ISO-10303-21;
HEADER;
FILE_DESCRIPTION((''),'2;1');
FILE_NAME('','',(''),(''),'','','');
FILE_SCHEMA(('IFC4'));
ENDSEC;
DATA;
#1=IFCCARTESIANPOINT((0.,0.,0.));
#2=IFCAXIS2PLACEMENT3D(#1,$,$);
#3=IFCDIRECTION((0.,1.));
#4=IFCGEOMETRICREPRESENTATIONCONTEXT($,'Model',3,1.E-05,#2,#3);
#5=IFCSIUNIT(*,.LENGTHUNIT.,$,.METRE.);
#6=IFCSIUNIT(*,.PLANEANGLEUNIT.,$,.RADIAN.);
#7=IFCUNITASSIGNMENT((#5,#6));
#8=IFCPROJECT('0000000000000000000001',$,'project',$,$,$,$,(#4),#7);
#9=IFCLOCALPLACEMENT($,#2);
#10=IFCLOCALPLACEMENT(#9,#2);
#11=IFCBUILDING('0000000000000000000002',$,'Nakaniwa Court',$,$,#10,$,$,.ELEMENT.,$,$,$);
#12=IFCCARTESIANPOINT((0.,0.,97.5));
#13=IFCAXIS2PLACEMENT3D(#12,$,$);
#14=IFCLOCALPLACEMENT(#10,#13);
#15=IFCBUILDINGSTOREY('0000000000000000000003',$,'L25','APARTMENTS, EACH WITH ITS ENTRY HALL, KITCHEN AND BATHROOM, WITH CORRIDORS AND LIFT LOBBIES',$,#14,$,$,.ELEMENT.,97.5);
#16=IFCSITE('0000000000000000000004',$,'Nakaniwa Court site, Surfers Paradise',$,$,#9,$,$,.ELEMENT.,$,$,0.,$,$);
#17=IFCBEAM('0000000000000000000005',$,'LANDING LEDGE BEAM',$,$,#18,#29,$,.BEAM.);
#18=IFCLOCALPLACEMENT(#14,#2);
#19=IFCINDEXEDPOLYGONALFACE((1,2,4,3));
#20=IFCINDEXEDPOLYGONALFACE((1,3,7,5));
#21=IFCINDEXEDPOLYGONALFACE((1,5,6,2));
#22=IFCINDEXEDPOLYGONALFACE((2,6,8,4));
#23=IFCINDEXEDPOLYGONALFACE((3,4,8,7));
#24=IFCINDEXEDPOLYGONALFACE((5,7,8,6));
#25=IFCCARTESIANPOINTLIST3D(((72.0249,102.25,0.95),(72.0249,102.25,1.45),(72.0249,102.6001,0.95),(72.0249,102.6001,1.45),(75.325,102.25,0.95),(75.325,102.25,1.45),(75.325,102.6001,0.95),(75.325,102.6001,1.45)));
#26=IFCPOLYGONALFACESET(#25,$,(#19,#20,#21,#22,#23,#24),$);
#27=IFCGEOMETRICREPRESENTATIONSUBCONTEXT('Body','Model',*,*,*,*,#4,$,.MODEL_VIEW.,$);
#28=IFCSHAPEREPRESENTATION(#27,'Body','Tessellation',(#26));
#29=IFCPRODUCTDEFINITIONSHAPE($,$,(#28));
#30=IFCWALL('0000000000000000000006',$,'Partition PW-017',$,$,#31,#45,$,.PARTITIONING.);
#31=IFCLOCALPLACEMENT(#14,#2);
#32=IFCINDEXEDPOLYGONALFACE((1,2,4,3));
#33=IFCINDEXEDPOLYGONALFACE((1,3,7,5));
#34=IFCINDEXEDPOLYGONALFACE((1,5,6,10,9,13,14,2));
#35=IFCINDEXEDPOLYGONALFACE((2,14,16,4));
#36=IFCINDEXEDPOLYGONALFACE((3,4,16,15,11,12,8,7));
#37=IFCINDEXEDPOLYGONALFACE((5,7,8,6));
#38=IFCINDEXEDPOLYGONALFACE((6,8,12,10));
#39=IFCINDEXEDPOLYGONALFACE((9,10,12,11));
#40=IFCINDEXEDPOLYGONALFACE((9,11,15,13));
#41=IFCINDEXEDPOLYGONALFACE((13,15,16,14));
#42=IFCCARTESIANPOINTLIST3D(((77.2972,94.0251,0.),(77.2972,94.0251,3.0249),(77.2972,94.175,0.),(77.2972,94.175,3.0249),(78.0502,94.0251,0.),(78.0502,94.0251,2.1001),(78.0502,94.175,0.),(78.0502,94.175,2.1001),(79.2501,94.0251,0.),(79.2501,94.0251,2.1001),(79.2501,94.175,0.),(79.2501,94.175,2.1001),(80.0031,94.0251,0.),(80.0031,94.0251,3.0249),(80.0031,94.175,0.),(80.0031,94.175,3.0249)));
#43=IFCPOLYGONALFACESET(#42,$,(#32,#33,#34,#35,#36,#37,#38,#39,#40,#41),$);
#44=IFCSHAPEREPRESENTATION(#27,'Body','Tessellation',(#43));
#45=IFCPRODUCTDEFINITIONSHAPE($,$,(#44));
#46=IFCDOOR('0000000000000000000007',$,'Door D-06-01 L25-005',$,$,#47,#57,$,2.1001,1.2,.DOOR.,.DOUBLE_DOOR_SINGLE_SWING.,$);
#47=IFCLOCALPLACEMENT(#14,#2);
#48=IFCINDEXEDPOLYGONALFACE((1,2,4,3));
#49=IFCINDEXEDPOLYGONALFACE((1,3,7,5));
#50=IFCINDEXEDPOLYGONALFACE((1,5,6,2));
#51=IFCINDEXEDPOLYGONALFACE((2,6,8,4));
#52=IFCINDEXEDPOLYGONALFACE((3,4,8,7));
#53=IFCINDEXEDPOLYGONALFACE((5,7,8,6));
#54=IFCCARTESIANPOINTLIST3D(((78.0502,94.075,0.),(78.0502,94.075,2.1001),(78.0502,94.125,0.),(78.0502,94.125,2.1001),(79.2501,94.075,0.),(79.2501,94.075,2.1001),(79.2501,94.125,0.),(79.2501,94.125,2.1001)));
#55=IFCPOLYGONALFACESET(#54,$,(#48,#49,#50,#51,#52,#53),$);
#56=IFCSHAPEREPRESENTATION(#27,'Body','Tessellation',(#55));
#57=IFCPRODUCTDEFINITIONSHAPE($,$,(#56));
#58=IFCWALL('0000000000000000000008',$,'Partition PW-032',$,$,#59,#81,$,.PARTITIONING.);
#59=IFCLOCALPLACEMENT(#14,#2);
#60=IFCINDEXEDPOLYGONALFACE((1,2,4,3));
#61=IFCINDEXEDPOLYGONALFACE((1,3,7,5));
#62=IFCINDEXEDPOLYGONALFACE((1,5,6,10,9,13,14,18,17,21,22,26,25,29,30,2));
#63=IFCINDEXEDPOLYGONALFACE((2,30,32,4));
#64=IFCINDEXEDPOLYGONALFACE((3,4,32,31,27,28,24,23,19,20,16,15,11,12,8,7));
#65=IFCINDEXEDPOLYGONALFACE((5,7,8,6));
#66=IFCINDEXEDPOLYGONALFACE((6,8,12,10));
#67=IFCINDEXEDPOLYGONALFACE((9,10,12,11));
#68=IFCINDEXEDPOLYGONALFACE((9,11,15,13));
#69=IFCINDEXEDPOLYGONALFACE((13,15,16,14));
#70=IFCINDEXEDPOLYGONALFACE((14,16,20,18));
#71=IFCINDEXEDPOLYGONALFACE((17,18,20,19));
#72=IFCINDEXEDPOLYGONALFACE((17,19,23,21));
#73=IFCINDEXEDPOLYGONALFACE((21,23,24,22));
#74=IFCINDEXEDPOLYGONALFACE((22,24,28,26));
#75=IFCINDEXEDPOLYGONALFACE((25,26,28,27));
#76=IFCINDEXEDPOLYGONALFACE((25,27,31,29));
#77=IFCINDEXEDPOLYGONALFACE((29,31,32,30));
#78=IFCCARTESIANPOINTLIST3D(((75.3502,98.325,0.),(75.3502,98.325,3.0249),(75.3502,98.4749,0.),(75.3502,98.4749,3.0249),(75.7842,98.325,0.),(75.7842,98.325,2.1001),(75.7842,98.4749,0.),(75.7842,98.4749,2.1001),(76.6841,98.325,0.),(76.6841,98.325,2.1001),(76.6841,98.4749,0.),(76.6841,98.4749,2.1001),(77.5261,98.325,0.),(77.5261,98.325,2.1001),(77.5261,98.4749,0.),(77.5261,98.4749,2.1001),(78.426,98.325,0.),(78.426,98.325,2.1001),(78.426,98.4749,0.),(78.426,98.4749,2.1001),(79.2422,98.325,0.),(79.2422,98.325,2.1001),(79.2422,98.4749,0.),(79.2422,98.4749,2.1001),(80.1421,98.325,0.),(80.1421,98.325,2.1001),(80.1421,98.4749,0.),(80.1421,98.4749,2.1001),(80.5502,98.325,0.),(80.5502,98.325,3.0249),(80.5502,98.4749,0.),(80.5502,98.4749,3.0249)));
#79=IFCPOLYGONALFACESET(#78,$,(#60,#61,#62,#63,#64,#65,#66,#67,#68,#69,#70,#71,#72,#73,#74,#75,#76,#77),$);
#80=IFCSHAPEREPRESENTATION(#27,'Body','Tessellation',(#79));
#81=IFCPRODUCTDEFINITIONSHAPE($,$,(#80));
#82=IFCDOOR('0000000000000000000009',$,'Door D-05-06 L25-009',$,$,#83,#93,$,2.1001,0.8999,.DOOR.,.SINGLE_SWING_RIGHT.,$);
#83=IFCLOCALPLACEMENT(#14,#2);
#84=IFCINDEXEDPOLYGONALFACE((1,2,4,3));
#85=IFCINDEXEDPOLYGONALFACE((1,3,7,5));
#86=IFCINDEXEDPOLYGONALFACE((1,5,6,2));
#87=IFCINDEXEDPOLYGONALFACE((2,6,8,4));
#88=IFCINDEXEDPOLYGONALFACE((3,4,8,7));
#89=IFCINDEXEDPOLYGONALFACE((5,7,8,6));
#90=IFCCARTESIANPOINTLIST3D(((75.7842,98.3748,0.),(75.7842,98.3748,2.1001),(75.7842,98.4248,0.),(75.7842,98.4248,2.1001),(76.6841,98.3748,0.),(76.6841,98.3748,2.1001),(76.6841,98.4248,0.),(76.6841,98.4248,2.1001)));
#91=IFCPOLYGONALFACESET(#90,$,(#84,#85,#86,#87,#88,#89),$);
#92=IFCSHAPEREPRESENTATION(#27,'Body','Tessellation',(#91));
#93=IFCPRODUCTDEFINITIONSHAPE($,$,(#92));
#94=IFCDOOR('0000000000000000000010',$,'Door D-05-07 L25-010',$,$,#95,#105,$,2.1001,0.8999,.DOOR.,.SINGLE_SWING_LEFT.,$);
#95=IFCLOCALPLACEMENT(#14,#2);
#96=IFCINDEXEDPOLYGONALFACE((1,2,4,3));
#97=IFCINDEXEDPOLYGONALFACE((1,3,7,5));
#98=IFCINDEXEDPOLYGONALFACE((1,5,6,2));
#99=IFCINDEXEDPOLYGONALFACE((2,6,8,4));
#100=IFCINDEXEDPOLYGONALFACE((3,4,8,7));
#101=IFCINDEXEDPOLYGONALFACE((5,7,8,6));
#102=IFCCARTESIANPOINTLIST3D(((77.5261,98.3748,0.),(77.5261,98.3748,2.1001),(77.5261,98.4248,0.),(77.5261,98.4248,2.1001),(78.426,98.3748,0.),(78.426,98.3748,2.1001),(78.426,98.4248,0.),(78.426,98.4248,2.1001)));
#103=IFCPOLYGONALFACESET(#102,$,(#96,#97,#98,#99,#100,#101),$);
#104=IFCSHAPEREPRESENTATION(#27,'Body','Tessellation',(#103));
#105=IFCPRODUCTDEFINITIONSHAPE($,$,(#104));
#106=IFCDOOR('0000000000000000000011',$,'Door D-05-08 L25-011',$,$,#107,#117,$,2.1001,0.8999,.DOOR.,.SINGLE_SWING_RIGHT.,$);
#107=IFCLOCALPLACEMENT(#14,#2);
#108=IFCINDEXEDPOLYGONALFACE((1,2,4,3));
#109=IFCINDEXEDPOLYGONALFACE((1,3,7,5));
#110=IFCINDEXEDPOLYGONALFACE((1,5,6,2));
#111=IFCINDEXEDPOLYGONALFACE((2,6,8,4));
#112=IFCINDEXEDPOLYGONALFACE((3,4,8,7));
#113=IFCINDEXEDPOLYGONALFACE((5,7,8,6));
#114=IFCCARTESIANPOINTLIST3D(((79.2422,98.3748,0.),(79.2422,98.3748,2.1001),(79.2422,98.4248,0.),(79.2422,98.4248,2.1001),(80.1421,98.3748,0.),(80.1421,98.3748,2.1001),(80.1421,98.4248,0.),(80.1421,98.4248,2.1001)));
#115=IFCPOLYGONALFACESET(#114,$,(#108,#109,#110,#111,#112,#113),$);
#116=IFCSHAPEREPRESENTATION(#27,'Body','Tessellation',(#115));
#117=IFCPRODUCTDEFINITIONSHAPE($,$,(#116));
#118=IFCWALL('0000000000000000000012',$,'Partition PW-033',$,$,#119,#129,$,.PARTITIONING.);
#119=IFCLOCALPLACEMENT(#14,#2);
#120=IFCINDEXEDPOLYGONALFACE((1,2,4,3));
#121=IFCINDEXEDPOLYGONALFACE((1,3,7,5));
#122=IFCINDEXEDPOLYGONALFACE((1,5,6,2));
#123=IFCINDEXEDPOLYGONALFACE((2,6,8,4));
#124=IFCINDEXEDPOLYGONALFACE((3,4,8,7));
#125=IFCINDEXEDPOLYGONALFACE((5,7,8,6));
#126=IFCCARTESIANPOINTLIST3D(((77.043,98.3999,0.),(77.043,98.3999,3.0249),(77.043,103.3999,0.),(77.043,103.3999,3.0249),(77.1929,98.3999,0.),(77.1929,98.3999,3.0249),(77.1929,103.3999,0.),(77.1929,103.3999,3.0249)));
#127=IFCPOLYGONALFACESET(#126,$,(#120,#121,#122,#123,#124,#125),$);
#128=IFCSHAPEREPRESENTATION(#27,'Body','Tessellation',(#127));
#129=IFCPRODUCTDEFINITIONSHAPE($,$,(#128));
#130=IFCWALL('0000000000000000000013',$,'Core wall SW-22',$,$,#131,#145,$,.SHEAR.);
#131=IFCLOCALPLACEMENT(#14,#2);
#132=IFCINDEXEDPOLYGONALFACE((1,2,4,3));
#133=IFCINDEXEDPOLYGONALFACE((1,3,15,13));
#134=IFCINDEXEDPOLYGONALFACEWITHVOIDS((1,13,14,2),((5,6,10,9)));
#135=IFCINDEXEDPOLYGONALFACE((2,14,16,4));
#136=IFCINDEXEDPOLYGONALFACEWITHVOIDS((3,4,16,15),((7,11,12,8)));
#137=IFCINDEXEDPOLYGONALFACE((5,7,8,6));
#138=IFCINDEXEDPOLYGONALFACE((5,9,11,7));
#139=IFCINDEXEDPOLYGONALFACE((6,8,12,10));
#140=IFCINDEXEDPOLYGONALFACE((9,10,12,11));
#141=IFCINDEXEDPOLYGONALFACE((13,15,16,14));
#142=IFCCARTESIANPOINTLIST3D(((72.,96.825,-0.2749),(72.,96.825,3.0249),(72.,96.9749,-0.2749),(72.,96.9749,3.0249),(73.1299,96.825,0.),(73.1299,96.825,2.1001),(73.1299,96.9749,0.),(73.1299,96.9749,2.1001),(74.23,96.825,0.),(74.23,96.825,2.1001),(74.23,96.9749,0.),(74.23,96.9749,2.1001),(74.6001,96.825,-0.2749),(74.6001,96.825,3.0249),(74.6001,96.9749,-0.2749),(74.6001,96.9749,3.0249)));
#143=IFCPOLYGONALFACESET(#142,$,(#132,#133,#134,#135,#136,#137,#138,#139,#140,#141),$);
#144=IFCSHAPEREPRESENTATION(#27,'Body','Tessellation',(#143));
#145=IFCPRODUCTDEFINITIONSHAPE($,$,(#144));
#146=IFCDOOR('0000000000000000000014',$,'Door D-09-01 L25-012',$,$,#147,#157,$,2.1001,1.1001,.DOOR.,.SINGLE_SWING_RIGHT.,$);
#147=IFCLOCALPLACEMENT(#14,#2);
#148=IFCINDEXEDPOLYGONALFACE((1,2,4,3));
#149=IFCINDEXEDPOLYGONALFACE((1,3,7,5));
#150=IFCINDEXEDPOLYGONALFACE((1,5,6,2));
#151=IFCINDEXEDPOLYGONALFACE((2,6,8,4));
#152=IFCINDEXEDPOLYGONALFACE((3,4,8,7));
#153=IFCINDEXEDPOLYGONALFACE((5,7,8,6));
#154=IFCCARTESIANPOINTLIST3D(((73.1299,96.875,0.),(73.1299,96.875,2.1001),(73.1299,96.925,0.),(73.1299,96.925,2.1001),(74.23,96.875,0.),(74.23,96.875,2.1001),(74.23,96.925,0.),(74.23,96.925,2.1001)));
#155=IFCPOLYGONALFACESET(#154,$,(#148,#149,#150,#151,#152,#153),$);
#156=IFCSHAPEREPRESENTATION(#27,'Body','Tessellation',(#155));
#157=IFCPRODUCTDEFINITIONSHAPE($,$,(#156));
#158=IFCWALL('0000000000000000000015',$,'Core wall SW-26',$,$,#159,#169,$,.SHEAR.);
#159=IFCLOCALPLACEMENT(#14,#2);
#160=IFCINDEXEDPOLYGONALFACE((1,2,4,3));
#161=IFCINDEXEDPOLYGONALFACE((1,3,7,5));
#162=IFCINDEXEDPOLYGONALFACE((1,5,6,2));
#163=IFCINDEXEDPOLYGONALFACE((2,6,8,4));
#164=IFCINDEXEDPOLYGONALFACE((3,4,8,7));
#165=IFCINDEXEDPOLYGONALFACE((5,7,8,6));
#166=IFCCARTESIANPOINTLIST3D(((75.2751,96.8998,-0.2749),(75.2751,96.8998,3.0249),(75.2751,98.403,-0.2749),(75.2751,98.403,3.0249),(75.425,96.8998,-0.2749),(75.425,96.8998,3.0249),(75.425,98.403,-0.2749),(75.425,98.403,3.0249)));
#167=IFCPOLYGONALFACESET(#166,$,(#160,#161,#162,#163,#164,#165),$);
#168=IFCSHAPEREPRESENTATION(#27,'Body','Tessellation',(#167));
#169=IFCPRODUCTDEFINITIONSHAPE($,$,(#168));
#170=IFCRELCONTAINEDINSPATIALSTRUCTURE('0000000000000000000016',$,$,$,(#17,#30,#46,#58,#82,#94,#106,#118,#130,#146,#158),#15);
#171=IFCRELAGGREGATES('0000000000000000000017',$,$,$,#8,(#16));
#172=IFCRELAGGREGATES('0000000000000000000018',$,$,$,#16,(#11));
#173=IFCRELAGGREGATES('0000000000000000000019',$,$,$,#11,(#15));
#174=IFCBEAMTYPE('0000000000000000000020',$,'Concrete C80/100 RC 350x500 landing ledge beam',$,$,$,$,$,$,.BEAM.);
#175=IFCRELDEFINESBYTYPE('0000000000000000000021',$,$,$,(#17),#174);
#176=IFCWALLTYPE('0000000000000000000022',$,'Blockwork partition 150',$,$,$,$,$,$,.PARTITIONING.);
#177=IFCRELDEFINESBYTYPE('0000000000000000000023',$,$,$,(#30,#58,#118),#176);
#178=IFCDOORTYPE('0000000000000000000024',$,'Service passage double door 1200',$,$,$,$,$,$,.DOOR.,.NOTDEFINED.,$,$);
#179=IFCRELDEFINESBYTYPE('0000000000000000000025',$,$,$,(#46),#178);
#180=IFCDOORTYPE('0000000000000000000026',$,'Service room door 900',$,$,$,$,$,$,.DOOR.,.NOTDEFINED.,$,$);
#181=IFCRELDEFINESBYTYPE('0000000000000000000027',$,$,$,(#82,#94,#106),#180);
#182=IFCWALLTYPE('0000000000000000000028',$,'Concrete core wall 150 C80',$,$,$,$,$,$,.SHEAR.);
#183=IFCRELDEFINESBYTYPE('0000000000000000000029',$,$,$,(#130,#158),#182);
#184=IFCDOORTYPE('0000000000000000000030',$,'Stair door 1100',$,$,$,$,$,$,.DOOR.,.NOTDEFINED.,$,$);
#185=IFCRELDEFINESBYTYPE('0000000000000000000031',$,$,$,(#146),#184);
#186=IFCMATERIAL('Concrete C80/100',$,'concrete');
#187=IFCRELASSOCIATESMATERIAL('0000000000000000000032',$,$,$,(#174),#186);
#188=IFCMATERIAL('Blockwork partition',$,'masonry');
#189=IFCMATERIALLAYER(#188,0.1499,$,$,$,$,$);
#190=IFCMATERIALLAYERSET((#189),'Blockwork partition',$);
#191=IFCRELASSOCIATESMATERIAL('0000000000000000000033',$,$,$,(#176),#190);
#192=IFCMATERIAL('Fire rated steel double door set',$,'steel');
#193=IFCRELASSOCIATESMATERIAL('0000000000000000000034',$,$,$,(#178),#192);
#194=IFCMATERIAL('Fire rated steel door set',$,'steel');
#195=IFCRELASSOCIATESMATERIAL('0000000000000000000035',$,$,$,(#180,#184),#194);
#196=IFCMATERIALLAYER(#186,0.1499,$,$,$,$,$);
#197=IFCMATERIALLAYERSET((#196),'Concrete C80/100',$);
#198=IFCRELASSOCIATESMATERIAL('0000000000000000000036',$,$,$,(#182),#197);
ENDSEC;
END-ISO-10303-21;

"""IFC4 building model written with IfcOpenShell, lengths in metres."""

from ifc_helpers import new_model, si_unit, direction, frame, frame_2d, origin, origin_2d, place, context, subcontext, project, spatial, rectangle, extrude, material, layer, layer_set, material_profile, profile_set, type_object, element, fill, save


model = new_model("IFC4")

# Units and contexts
model_context = context("Model", 3, precision=1e-05, world=origin(), true_north=direction((0.0, 1.0)))
body_context = subcontext(model_context, "Body", "Model", "MODEL_VIEW")
ifc_project = project(units=[si_unit("LENGTHUNIT", "METRE"), si_unit("PLANEANGLEUNIT", "RADIAN")], contexts=[model_context])

# Site, building, storey
site_placement = place(None, origin())
site = spatial("IfcSite", under=ifc_project, at=site_placement, Name="Nakaniwa Court site, Surfers Paradise", CompositionType="ELEMENT", RefElevation=0.0)
building_placement = place(site_placement, origin())
building = spatial("IfcBuilding", under=site, at=building_placement, Name="Nakaniwa Court", CompositionType="ELEMENT")
storey_placement = place(building_placement, frame((0.0, 0.0, 97.5)))
storey = spatial("IfcBuildingStorey", under=building, at=storey_placement, Name="L25", Description="APARTMENTS, EACH WITH ITS ENTRY HALL, KITCHEN AND BATHROOM, WITH CORRIDORS AND LIFT LOBBIES", CompositionType="ELEMENT", Elevation=97.5)

# Beam
ifc_material_1 = material(Name="Concrete C80/100", Category="concrete")
ifc_material_profile = material_profile(ifc_material_1, rectangle(XDim=0.3501, YDim=0.5, at=origin_2d()), Name="Concrete C80/100 RC 350x500 landing ledge beam")
ifc_profile_set = profile_set([ifc_material_profile], Name="Concrete C80/100")
beam_type = type_object("IfcBeamType", Name="Concrete C80/100 RC 350x500 landing ledge beam", PredefinedType="BEAM", material=ifc_profile_set)
beam_placement = place(storey_placement, frame((72.0249, 102.425, 1.2), z_axis=(1.0, 0.0, 0.0), x_axis=(0.0, 1.0, 0.0)))
element("IfcBeam", 1, at=beam_placement, inside=storey, type_object=beam_type, Name="LANDING LEDGE BEAM", PredefinedType="BEAM", context=body_context, shape_type="SweptSolid", body=[
    extrude(rectangle(XDim=0.3501, YDim=0.5, at=origin_2d()), origin(), (0.0, 0.0, 1.0), 3.3),
])

# Wall, opening, door
ifc_material_2 = material(Name="Blockwork partition", Category="masonry")
ifc_layer_1 = layer(ifc_material_2, 0.1499)
ifc_layer_set_1 = layer_set([ifc_layer_1], Name="Blockwork partition")
wall_type_1 = type_object("IfcWallType", Name="Blockwork partition 150", PredefinedType="PARTITIONING", material=ifc_layer_set_1)
wall_1_placement = place(storey_placement, frame((77.2971, 94.1001, 0.0), z_axis=(0.0, 0.0, 1.0), x_axis=(1.0, 0.0, 0.0)))
wall_1 = element("IfcWall", 2, at=wall_1_placement, inside=storey, type_object=wall_type_1, Name="Partition PW-017", PredefinedType="PARTITIONING", context=body_context, shape_type="SweptSolid", body=[
    extrude(rectangle(XDim=2.7058, YDim=0.1499, at=frame_2d((1.353, 0.0))), origin(), (0.0, 0.0, 1.0), 3.0249),
])
opening_1_placement = place(wall_1_placement, frame((0.7529, 0.0, 0.0)))
opening_1 = element("IfcOpeningElement", 3, at=opening_1_placement, cuts=wall_1, PredefinedType="OPENING", context=body_context, shape_type="SweptSolid", body=[
    extrude(rectangle(XDim=1.2, YDim=2.1001, at=frame_2d((0.6001, 1.05))), frame((0.0, 0.085, 0.0), z_axis=(0.0, -1.0, 0.0), x_axis=(1.0, 0.0, 0.0)), (0.0, 0.0, 1.0), 0.1699),
])
ifc_material_3 = material(Name="Fire rated steel double door set", Category="steel")
door_type_1 = type_object("IfcDoorType", Name="Service passage double door 1200", OperationType="NOTDEFINED", PredefinedType="DOOR", material=ifc_material_3)
door_1_placement = place(opening_1_placement, origin())
door_1 = element("IfcDoor", 4, at=door_1_placement, inside=storey, type_object=door_type_1, Name="Door D-06-01 L25-005", OperationType="DOUBLE_DOOR_SINGLE_SWING", OverallHeight=2.1001, OverallWidth=1.2, PredefinedType="DOOR", context=body_context, shape_type="SweptSolid", body=[
    extrude(rectangle(XDim=1.2, YDim=2.1001, at=frame_2d((0.6001, 1.05))), frame((0.0, 0.0249, 0.0), z_axis=(0.0, -1.0, 0.0), x_axis=(1.0, 0.0, 0.0)), (0.0, 0.0, 1.0), 0.05),
])
fill(opening_1, door_1)

# Wall, openings, doors
wall_2_placement = place(storey_placement, frame((75.3501, 98.3999, 0.0), z_axis=(0.0, 0.0, 1.0), x_axis=(1.0, 0.0, 0.0)))
wall_2 = element("IfcWall", 5, at=wall_2_placement, inside=storey, type_object=wall_type_1, Name="Partition PW-032", PredefinedType="PARTITIONING", context=body_context, shape_type="SweptSolid", body=[
    extrude(rectangle(XDim=5.2, YDim=0.1499, at=frame_2d((2.6001, 0.0))), origin(), (0.0, 0.0, 1.0), 3.0249),
])
opening_2_placement = place(wall_2_placement, frame((0.4341, 0.0, 0.0)))
opening_2 = element("IfcOpeningElement", 6, at=opening_2_placement, cuts=wall_2, PredefinedType="OPENING", context=body_context, shape_type="SweptSolid", body=[
    extrude(rectangle(XDim=0.8999, YDim=2.1001, at=frame_2d((0.45, 1.05))), frame((0.0, 0.085, 0.0), z_axis=(0.0, -1.0, 0.0), x_axis=(1.0, 0.0, 0.0)), (0.0, 0.0, 1.0), 0.1699),
])
opening_3_placement = place(wall_2_placement, frame((2.176, 0.0, 0.0)))
opening_3 = element("IfcOpeningElement", 7, at=opening_3_placement, cuts=wall_2, PredefinedType="OPENING", context=body_context, shape_type="SweptSolid", body=[
    extrude(rectangle(XDim=0.8999, YDim=2.1001, at=frame_2d((0.45, 1.05))), frame((0.0, 0.085, 0.0), z_axis=(0.0, -1.0, 0.0), x_axis=(1.0, 0.0, 0.0)), (0.0, 0.0, 1.0), 0.1699),
])
opening_4_placement = place(wall_2_placement, frame((3.8921, 0.0, 0.0)))
opening_4 = element("IfcOpeningElement", 8, at=opening_4_placement, cuts=wall_2, PredefinedType="OPENING", context=body_context, shape_type="SweptSolid", body=[
    extrude(rectangle(XDim=0.8999, YDim=2.1001, at=frame_2d((0.45, 1.05))), frame((0.0, 0.085, 0.0), z_axis=(0.0, -1.0, 0.0), x_axis=(1.0, 0.0, 0.0)), (0.0, 0.0, 1.0), 0.1699),
])
ifc_material_4 = material(Name="Fire rated steel door set", Category="steel")
door_type_2 = type_object("IfcDoorType", Name="Service room door 900", OperationType="NOTDEFINED", PredefinedType="DOOR", material=ifc_material_4)
door_2_placement = place(opening_2_placement, origin())
door_2 = element("IfcDoor", 9, at=door_2_placement, inside=storey, type_object=door_type_2, Name="Door D-05-06 L25-009", OperationType="SINGLE_SWING_RIGHT", OverallHeight=2.1001, OverallWidth=0.8999, PredefinedType="DOOR", context=body_context, shape_type="SweptSolid", body=[
    extrude(rectangle(XDim=0.8999, YDim=2.1001, at=frame_2d((0.45, 1.05))), frame((0.0, 0.0249, 0.0), z_axis=(0.0, -1.0, 0.0), x_axis=(1.0, 0.0, 0.0)), (0.0, 0.0, 1.0), 0.05),
])
fill(opening_2, door_2)
door_3_placement = place(opening_3_placement, origin())
door_3 = element("IfcDoor", 10, at=door_3_placement, inside=storey, type_object=door_type_2, Name="Door D-05-07 L25-010", OperationType="SINGLE_SWING_LEFT", OverallHeight=2.1001, OverallWidth=0.8999, PredefinedType="DOOR", context=body_context, shape_type="SweptSolid", body=[
    extrude(rectangle(XDim=0.8999, YDim=2.1001, at=frame_2d((0.45, 1.05))), frame((0.0, 0.0249, 0.0), z_axis=(0.0, -1.0, 0.0), x_axis=(1.0, 0.0, 0.0)), (0.0, 0.0, 1.0), 0.05),
])
fill(opening_3, door_3)
door_4_placement = place(opening_4_placement, origin())
door_4 = element("IfcDoor", 11, at=door_4_placement, inside=storey, type_object=door_type_2, Name="Door D-05-08 L25-011", OperationType="SINGLE_SWING_RIGHT", OverallHeight=2.1001, OverallWidth=0.8999, PredefinedType="DOOR", context=body_context, shape_type="SweptSolid", body=[
    extrude(rectangle(XDim=0.8999, YDim=2.1001, at=frame_2d((0.45, 1.05))), frame((0.0, 0.0249, 0.0), z_axis=(0.0, -1.0, 0.0), x_axis=(1.0, 0.0, 0.0)), (0.0, 0.0, 1.0), 0.05),
])
fill(opening_4, door_4)

# Wall
wall_3_placement = place(storey_placement, frame((77.1179, 98.3999, 0.0), z_axis=(0.0, 0.0, 1.0), x_axis=(0.0, 1.0, 0.0)))
element("IfcWall", 12, at=wall_3_placement, inside=storey, type_object=wall_type_1, Name="Partition PW-033", PredefinedType="PARTITIONING", context=body_context, shape_type="SweptSolid", body=[
    extrude(rectangle(XDim=5.0, YDim=0.1499, at=frame_2d((2.5, 0.0))), origin(), (0.0, 0.0, 1.0), 3.0249),
])

# Wall, opening, door
ifc_layer_2 = layer(ifc_material_1, 0.1499)
ifc_layer_set_2 = layer_set([ifc_layer_2], Name="Concrete C80/100")
wall_type_2 = type_object("IfcWallType", Name="Concrete core wall 150 C80", PredefinedType="SHEAR", material=ifc_layer_set_2)
wall_4_placement = place(storey_placement, frame((74.6001, 96.8999, -0.2749), z_axis=(0.0, 0.0, 1.0), x_axis=(-1.0, 0.0, 0.0)))
wall_4 = element("IfcWall", 13, at=wall_4_placement, inside=storey, type_object=wall_type_2, Name="Core wall SW-22", PredefinedType="SHEAR", context=body_context, shape_type="SweptSolid", body=[
    extrude(rectangle(XDim=2.6001, YDim=0.1499, at=frame_2d((1.3, 0.0))), origin(), (0.0, 0.0, 1.0), 3.2998),
])
opening_5_placement = place(wall_4_placement, frame((0.3701, 0.0, 0.2749)))
opening_5 = element("IfcOpeningElement", 14, at=opening_5_placement, cuts=wall_4, PredefinedType="OPENING", context=body_context, shape_type="SweptSolid", body=[
    extrude(rectangle(XDim=1.1001, YDim=2.1001, at=frame_2d((0.55, 1.05))), frame((0.0, 0.085, 0.0), z_axis=(0.0, -1.0, 0.0), x_axis=(1.0, 0.0, 0.0)), (0.0, 0.0, 1.0), 0.1699),
])
door_type_3 = type_object("IfcDoorType", Name="Stair door 1100", OperationType="NOTDEFINED", PredefinedType="DOOR", material=ifc_material_4)
door_5_placement = place(opening_5_placement, origin())
door_5 = element("IfcDoor", 15, at=door_5_placement, inside=storey, type_object=door_type_3, Name="Door D-09-01 L25-012", OperationType="SINGLE_SWING_RIGHT", OverallHeight=2.1001, OverallWidth=1.1001, PredefinedType="DOOR", context=body_context, shape_type="SweptSolid", body=[
    extrude(rectangle(XDim=1.1001, YDim=2.1001, at=frame_2d((0.55, 1.05))), frame((0.0, 0.0249, 0.0), z_axis=(0.0, -1.0, 0.0), x_axis=(1.0, 0.0, 0.0)), (0.0, 0.0, 1.0), 0.05),
])
fill(opening_5, door_5)

# Wall
wall_5_placement = place(storey_placement, frame((75.3501, 96.8999, -0.2749), z_axis=(0.0, 0.0, 1.0), x_axis=(0.0, 1.0, 0.0)))
element("IfcWall", 16, at=wall_5_placement, inside=storey, type_object=wall_type_2, Name="Core wall SW-26", PredefinedType="SHEAR", context=body_context, shape_type="SweptSolid", body=[
    extrude(rectangle(XDim=1.5032, YDim=0.1499, at=frame_2d((0.7515, 0.0))), origin(), (0.0, 0.0, 1.0), 3.2998),
])

save(model, "model.ifc")
